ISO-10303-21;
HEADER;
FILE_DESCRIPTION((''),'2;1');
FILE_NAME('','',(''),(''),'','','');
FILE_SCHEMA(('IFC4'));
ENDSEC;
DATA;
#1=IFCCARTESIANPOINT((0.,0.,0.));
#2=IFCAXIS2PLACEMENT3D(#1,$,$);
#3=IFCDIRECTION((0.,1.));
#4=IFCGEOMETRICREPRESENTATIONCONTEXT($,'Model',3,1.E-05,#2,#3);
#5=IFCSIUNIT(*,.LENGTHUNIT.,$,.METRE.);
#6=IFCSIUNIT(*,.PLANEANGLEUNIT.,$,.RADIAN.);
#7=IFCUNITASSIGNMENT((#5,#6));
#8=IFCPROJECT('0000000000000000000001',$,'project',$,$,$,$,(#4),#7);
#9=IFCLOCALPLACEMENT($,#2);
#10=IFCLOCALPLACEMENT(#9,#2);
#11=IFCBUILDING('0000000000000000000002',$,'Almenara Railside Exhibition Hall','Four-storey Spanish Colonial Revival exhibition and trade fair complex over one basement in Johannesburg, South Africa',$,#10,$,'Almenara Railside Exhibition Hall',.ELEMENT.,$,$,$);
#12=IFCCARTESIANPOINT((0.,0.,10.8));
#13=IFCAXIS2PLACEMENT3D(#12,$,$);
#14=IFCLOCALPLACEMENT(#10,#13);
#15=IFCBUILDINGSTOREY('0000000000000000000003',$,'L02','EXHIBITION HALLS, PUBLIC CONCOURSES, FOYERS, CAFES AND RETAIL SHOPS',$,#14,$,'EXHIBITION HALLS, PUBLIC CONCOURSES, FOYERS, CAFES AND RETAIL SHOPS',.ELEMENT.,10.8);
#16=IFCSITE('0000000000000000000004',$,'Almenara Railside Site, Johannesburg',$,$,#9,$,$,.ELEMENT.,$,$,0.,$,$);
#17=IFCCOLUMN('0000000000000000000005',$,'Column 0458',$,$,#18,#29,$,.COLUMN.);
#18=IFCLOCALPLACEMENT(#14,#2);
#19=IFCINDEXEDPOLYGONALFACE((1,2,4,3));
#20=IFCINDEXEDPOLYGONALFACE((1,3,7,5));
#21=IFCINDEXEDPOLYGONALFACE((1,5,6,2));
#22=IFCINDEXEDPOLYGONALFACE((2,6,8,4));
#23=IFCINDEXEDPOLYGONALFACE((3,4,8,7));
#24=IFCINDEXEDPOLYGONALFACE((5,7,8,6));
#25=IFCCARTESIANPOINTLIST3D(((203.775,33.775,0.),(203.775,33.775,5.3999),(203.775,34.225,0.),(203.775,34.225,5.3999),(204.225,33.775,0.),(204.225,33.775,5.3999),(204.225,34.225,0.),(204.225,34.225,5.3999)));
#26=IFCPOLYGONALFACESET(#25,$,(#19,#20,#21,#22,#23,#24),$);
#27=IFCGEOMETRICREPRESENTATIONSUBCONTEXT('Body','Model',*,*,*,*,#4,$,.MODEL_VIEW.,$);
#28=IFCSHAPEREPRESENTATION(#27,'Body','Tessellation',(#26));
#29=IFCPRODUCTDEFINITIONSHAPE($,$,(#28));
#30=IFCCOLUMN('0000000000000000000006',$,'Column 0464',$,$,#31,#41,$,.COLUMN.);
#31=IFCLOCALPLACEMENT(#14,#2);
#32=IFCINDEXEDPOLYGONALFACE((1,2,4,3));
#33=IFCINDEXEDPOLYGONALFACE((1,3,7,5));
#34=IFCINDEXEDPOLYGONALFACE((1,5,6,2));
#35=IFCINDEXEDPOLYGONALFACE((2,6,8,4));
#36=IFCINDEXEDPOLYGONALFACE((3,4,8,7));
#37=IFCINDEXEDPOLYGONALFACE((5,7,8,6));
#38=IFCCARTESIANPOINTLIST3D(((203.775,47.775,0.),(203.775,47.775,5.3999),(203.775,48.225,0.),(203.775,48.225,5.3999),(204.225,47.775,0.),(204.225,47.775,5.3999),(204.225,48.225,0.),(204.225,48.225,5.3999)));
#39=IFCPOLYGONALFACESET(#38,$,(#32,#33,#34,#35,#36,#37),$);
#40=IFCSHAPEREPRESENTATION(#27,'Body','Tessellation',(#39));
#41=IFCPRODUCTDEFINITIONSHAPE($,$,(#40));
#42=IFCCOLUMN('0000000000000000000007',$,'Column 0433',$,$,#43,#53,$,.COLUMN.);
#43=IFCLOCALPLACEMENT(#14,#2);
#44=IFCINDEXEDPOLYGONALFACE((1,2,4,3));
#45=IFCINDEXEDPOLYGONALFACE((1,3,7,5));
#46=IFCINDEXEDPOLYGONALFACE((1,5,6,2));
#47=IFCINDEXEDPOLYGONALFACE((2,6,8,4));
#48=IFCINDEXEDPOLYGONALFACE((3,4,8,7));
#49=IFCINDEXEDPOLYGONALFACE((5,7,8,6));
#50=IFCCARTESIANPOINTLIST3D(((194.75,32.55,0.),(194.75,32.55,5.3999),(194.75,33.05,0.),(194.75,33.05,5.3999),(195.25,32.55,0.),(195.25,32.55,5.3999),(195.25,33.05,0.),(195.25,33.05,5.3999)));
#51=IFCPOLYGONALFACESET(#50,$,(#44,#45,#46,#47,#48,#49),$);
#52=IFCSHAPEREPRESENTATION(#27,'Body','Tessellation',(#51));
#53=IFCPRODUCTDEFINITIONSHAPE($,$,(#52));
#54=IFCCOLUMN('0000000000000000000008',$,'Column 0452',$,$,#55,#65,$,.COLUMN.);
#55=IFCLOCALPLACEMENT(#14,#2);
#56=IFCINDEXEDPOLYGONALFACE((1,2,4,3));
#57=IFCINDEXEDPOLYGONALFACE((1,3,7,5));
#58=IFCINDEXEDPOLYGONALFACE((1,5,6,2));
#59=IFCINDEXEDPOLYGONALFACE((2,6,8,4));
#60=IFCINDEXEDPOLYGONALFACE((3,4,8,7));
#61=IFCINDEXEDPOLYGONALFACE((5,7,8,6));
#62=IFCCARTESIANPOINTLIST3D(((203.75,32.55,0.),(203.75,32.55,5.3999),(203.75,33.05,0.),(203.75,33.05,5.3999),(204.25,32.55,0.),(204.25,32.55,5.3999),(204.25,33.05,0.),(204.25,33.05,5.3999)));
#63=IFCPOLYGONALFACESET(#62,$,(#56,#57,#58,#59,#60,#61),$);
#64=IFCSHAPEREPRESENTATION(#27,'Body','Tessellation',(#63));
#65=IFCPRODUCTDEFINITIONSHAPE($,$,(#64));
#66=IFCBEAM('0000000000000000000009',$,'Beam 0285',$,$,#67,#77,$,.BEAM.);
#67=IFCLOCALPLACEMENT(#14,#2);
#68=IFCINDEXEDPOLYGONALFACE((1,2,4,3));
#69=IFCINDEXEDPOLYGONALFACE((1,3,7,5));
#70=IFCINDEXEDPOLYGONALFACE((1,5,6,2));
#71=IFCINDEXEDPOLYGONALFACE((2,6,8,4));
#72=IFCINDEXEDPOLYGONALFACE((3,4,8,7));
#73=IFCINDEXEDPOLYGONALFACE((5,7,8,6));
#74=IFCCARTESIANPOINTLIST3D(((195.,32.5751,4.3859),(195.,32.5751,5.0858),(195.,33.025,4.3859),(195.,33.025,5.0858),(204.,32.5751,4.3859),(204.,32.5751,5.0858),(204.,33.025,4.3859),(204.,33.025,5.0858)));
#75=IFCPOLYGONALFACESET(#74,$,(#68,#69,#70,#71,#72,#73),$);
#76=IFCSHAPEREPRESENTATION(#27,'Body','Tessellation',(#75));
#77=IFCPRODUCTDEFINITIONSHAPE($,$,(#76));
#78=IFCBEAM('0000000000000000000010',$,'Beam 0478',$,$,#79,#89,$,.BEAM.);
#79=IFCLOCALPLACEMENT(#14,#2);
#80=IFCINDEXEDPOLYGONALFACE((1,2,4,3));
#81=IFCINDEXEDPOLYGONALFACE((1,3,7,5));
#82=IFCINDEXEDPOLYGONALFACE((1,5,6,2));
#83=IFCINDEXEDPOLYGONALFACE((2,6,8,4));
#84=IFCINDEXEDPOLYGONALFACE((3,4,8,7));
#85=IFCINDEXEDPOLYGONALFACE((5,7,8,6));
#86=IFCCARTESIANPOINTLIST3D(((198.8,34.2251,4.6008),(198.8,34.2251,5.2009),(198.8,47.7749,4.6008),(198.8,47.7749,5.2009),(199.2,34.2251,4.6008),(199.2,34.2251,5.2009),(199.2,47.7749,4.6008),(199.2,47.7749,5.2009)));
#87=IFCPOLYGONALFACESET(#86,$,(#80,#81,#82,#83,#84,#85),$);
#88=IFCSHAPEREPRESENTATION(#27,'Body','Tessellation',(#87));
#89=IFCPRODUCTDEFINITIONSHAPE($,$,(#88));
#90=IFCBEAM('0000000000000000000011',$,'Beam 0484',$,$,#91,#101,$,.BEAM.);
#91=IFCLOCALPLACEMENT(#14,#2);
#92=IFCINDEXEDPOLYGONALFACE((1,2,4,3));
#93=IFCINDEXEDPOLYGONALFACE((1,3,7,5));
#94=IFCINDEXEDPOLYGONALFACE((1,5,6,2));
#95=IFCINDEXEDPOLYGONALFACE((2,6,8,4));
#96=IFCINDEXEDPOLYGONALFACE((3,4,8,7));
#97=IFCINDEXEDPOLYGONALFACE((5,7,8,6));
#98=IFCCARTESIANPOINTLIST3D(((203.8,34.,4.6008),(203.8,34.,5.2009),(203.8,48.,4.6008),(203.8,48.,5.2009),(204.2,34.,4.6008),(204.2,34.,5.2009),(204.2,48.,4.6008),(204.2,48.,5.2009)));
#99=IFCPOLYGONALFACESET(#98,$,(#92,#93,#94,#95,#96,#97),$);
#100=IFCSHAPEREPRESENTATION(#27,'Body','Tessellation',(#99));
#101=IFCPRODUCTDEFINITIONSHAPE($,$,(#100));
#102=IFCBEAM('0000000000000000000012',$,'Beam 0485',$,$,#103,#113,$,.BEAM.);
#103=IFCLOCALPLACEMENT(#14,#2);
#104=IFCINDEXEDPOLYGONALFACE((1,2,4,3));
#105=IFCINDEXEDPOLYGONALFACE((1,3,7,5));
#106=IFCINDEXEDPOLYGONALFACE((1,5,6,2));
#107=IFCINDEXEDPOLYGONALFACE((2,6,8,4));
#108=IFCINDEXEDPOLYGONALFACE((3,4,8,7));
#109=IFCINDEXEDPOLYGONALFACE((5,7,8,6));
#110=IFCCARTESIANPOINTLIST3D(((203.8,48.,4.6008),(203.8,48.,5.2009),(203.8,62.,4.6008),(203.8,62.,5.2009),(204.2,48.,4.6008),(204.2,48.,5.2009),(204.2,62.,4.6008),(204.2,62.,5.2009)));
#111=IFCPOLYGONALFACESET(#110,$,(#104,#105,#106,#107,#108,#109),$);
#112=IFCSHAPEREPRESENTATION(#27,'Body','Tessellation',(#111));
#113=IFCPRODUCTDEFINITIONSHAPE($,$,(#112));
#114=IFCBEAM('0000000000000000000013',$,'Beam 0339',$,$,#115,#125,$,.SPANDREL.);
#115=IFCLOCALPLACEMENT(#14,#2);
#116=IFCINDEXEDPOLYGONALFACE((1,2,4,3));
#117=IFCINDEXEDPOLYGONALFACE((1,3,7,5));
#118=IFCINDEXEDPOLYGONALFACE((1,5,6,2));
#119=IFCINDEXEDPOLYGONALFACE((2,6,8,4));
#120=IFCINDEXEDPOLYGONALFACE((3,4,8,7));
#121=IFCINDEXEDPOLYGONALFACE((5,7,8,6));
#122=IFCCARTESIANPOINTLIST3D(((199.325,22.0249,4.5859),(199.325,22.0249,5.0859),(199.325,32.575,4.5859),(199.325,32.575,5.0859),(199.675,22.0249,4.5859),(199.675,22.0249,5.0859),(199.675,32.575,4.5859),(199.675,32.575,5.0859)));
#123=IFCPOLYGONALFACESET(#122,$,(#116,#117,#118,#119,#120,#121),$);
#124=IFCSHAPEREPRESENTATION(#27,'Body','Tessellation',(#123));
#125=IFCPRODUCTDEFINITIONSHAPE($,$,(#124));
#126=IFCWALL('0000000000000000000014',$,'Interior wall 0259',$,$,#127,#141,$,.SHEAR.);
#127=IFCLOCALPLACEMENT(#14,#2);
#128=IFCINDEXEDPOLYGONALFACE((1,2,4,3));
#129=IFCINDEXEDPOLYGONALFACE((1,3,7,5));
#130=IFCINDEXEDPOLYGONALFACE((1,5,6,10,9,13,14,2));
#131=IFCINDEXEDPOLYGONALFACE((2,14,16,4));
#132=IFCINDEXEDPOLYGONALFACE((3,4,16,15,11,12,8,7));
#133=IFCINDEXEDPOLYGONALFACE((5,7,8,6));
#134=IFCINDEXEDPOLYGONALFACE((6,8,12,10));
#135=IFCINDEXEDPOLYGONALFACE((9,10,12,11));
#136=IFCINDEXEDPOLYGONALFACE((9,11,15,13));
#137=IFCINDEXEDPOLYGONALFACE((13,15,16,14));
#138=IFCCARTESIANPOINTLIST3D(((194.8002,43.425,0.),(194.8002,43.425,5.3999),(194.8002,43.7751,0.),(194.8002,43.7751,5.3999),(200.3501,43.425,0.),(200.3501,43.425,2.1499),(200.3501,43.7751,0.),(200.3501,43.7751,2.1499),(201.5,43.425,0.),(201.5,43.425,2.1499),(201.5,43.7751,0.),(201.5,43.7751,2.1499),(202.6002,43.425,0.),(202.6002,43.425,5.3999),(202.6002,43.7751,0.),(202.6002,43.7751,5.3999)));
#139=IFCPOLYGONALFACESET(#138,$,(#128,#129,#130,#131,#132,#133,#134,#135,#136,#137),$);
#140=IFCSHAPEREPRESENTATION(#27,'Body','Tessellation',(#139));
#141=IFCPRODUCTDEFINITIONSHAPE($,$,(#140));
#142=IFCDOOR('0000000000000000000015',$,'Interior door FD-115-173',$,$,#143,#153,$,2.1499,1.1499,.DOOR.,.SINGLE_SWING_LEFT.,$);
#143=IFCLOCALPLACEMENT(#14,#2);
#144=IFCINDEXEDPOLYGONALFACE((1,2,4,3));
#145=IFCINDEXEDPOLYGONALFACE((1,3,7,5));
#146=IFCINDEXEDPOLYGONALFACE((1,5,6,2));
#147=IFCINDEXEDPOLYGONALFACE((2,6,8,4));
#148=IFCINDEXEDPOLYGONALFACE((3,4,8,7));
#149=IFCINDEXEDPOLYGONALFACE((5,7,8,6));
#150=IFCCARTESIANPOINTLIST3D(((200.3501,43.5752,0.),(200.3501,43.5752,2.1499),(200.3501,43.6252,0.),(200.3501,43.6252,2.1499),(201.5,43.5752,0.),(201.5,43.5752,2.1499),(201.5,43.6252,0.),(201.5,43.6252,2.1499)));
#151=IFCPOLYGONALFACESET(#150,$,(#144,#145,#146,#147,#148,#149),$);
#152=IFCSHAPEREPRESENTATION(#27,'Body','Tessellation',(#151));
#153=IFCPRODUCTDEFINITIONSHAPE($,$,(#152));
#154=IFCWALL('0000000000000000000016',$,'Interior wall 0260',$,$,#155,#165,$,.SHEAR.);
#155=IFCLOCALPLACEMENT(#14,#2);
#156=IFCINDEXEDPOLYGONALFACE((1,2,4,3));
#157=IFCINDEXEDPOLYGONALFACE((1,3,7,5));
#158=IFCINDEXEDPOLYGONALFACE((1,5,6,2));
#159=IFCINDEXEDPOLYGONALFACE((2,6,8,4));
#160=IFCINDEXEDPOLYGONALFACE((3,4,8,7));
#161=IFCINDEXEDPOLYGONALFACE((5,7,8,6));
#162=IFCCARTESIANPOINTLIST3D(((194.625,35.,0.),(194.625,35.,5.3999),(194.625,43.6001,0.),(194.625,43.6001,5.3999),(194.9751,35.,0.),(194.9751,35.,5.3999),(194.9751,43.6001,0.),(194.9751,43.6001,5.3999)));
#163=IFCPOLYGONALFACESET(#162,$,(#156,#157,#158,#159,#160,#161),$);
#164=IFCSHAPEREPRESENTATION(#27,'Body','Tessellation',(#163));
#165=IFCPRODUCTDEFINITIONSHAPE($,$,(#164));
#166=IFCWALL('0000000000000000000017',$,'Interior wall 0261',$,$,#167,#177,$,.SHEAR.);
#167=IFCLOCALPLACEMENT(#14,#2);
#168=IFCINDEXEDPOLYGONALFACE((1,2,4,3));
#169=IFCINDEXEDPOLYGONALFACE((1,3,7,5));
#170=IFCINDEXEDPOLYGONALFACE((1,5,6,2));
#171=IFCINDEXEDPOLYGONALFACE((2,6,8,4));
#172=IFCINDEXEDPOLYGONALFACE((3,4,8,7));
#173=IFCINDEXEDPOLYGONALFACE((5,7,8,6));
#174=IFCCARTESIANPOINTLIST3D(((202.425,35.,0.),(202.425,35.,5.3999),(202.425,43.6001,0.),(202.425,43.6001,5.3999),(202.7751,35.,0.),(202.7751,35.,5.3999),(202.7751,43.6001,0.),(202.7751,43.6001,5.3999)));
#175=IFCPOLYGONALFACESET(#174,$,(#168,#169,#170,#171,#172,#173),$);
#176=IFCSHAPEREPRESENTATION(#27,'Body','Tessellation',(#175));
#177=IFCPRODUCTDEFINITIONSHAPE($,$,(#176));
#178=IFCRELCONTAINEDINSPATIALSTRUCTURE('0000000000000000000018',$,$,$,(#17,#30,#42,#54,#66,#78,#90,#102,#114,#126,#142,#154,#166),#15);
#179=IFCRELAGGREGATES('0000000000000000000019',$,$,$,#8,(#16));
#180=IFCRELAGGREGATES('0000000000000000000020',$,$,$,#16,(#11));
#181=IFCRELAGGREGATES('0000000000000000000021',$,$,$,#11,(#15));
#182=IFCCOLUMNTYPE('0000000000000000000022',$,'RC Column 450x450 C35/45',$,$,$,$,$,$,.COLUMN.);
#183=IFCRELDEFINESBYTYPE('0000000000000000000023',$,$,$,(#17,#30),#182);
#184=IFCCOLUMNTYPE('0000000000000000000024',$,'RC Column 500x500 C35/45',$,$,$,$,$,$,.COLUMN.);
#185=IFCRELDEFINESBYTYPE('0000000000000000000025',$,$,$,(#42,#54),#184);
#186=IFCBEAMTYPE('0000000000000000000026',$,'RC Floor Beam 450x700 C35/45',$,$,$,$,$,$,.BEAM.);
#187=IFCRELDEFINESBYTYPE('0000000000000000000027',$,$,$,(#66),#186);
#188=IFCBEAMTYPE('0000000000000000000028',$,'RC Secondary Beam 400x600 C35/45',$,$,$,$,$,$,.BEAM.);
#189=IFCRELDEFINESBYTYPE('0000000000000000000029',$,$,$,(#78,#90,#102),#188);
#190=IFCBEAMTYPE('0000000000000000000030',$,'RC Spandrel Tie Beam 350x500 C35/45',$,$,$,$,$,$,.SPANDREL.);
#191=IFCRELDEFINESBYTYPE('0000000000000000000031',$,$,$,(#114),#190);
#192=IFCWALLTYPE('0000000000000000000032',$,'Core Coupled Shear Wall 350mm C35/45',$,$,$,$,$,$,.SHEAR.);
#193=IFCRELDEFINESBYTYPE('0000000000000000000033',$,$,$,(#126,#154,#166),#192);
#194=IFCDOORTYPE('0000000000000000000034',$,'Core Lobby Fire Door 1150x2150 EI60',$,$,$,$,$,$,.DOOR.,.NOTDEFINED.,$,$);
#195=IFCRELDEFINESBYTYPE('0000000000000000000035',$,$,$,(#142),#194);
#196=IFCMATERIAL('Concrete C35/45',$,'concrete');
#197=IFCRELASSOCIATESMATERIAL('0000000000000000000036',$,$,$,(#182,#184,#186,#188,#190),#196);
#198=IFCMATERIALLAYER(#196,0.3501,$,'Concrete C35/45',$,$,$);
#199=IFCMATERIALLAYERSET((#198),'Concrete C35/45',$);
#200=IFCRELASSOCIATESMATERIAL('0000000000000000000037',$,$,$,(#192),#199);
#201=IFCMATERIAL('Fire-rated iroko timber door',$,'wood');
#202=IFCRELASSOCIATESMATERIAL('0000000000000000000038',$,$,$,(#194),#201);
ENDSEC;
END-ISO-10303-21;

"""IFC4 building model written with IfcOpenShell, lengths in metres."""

from ifc_helpers import new_model, si_unit, direction, frame, frame_2d, origin, origin_2d, place, context, subcontext, project, spatial, rectangle, extrude, material, layer, layer_set, material_profile, profile_set, type_object, element, fill, save


model = new_model("IFC4")

# Units and contexts
model_context = context("Model", 3, precision=1e-05, world=origin(), true_north=direction((0.0, 1.0)))
body_context = subcontext(model_context, "Body", "Model", "MODEL_VIEW")
ifc_project = project(units=[si_unit("LENGTHUNIT", "METRE"), si_unit("PLANEANGLEUNIT", "RADIAN")], contexts=[model_context])

# Site, building, storey
site_placement = place(None, origin())
site = spatial("IfcSite", under=ifc_project, at=site_placement, Name="Almenara Railside Site, Johannesburg", CompositionType="ELEMENT", RefElevation=0.0)
building_placement = place(site_placement, origin())
building = spatial("IfcBuilding", under=site, at=building_placement, Name="Almenara Railside Exhibition Hall", Description="Four-storey Spanish Colonial Revival exhibition and trade fair complex over one basement in Johannesburg, South Africa", LongName="Almenara Railside Exhibition Hall", CompositionType="ELEMENT")
storey_placement = place(building_placement, frame((0.0, 0.0, 10.8)))
storey = spatial("IfcBuildingStorey", under=building, at=storey_placement, Name="L02", Description="EXHIBITION HALLS, PUBLIC CONCOURSES, FOYERS, CAFES AND RETAIL SHOPS", LongName="EXHIBITION HALLS, PUBLIC CONCOURSES, FOYERS, CAFES AND RETAIL SHOPS", CompositionType="ELEMENT", Elevation=10.8)

# Columns
ifc_material_1 = material(Name="Concrete C35/45", Category="concrete")
ifc_material_profile_1 = material_profile(ifc_material_1, rectangle(XDim=0.45, YDim=0.45, at=origin_2d()), Name="RC 450x450")
ifc_profile_set_1 = profile_set([ifc_material_profile_1], Name="Concrete C35/45")
column_type_1 = type_object("IfcColumnType", Name="RC Column 450x450 C35/45", PredefinedType="COLUMN", material=ifc_profile_set_1)
for number, where, z_axis, x_axis, name in (
    (1, (204.0, 34.0, 0.0), (0.0, 0.0, 1.0), (1.0, 0.0, 0.0), "Column 0458"),
    (2, (204.0, 48.0, 0.0), (0.0, 0.0, 1.0), (1.0, 0.0, 0.0), "Column 0464"),
):
    element("IfcColumn", number, at=place(storey_placement, frame(where, z_axis=z_axis, x_axis=x_axis)), inside=storey, type_object=column_type_1, Name=name, PredefinedType="COLUMN", context=body_context, shape_type="SweptSolid", body=[
        extrude(rectangle(XDim=0.45, YDim=0.45, at=origin_2d()), origin(), (0.0, 0.0, 1.0), 5.3999),
    ])
ifc_material_profile_2 = material_profile(ifc_material_1, rectangle(XDim=0.5, YDim=0.5, at=origin_2d()), Name="RC 500x500")
ifc_profile_set_2 = profile_set([ifc_material_profile_2], Name="Concrete C35/45")
column_type_2 = type_object("IfcColumnType", Name="RC Column 500x500 C35/45", PredefinedType="COLUMN", material=ifc_profile_set_2)
for number, where, z_axis, x_axis, name in (
    (3, (195.0, 32.8, 0.0), (0.0, 0.0, 1.0), (1.0, 0.0, 0.0), "Column 0433"),
    (4, (204.0, 32.8, 0.0), (0.0, 0.0, 1.0), (1.0, 0.0, 0.0), "Column 0452"),
):
    element("IfcColumn", number, at=place(storey_placement, frame(where, z_axis=z_axis, x_axis=x_axis)), inside=storey, type_object=column_type_2, Name=name, PredefinedType="COLUMN", context=body_context, shape_type="SweptSolid", body=[
        extrude(rectangle(XDim=0.5, YDim=0.5, at=origin_2d()), origin(), (0.0, 0.0, 1.0), 5.3999),
    ])

# Beams
ifc_material_profile_3 = material_profile(ifc_material_1, rectangle(XDim=0.45, YDim=0.7, at=origin_2d()), Name="RC 450x700")
ifc_profile_set_3 = profile_set([ifc_material_profile_3], Name="Concrete C35/45")
beam_type_1 = type_object("IfcBeamType", Name="RC Floor Beam 450x700 C35/45", PredefinedType="BEAM", material=ifc_profile_set_3)
beam_1_placement = place(storey_placement, frame((195.0, 32.8, 4.7358), z_axis=(1.0, 0.0, 0.0), x_axis=(0.0, 1.0, 0.0)))
element("IfcBeam", 5, at=beam_1_placement, inside=storey, type_object=beam_type_1, Name="Beam 0285", PredefinedType="BEAM", context=body_context, shape_type="SweptSolid", body=[
    extrude(rectangle(XDim=0.45, YDim=0.7, at=origin_2d()), origin(), (0.0, 0.0, 1.0), 9.0),
])
ifc_material_profile_4 = material_profile(ifc_material_1, rectangle(XDim=0.3999, YDim=0.6001, at=origin_2d()), Name="RC 400x600")
ifc_profile_set_4 = profile_set([ifc_material_profile_4], Name="Concrete C35/45")
beam_type_2 = type_object("IfcBeamType", Name="RC Secondary Beam 400x600 C35/45", PredefinedType="BEAM", material=ifc_profile_set_4)
beam_2_placement = place(storey_placement, frame((199.0, 34.2251, 4.9009), z_axis=(0.0, 1.0, 0.0), x_axis=(-1.0, 0.0, 0.0)))
element("IfcBeam", 6, at=beam_2_placement, inside=storey, type_object=beam_type_2, Name="Beam 0478", PredefinedType="BEAM", context=body_context, shape_type="SweptSolid", body=[
    extrude(rectangle(XDim=0.3999, YDim=0.6001, at=origin_2d()), origin(), (0.0, 0.0, 1.0), 13.5498),
])
for number, where, z_axis, x_axis, name in (
    (7, (204.0, 34.0, 4.9009), (0.0, 1.0, 0.0), (-1.0, 0.0, 0.0), "Beam 0484"),
    (8, (204.0, 48.0, 4.9009), (0.0, 1.0, 0.0), (-1.0, 0.0, 0.0), "Beam 0485"),
):
    element("IfcBeam", number, at=place(storey_placement, frame(where, z_axis=z_axis, x_axis=x_axis)), inside=storey, type_object=beam_type_2, Name=name, PredefinedType="BEAM", context=body_context, shape_type="SweptSolid", body=[
        extrude(rectangle(XDim=0.3999, YDim=0.6001, at=origin_2d()), origin(), (0.0, 0.0, 1.0), 14.0),
    ])
ifc_material_profile_5 = material_profile(ifc_material_1, rectangle(XDim=0.3501, YDim=0.5, at=origin_2d()), Name="RC 350x500")
ifc_profile_set_5 = profile_set([ifc_material_profile_5], Name="Concrete C35/45")
beam_type_3 = type_object("IfcBeamType", Name="RC Spandrel Tie Beam 350x500 C35/45", PredefinedType="SPANDREL", material=ifc_profile_set_5)
beam_3_placement = place(storey_placement, frame((199.5, 22.0249, 4.8359), z_axis=(0.0, 1.0, 0.0), x_axis=(-1.0, 0.0, 0.0)))
element("IfcBeam", 9, at=beam_3_placement, inside=storey, type_object=beam_type_3, Name="Beam 0339", PredefinedType="SPANDREL", context=body_context, shape_type="SweptSolid", body=[
    extrude(rectangle(XDim=0.3501, YDim=0.5, at=origin_2d()), origin(), (0.0, 0.0, 1.0), 10.55),
])

# Wall, opening, door
ifc_layer_1 = layer(ifc_material_1, 0.3501, Name="Concrete C35/45")
ifc_layer_set_1 = layer_set([ifc_layer_1], Name="Concrete C35/45")
wall_type_1 = type_object("IfcWallType", Name="Core Coupled Shear Wall 350mm C35/45", PredefinedType="SHEAR", material=ifc_layer_set_1)
wall_1_placement = place(storey_placement, frame((202.6001, 43.6001, 0.0), z_axis=(0.0, 0.0, 1.0), x_axis=(-1.0, 0.0, 0.0)))
wall_1 = element("IfcWall", 10, at=wall_1_placement, inside=storey, type_object=wall_type_1, Name="Interior wall 0259", PredefinedType="SHEAR", context=body_context, shape_type="SweptSolid", body=[
    extrude(rectangle(XDim=7.8, YDim=0.3501, at=frame_2d((3.8999, 0.0))), origin(), (0.0, 0.0, 1.0), 5.3999),
])
opening_1_placement = place(wall_1_placement, frame((1.1001, 0.0, 0.0)))
opening_1 = element("IfcOpeningElement", 11, at=opening_1_placement, cuts=wall_1, PredefinedType="OPENING", context=body_context, shape_type="SweptSolid", body=[
    extrude(rectangle(XDim=1.1499, YDim=2.1499, at=frame_2d((0.575, 1.075))), frame((0.0, 0.1851, 0.0), z_axis=(0.0, -1.0, 0.0), x_axis=(1.0, 0.0, 0.0)), (0.0, 0.0, 1.0), 0.3701),
])
ifc_material_2 = material(Name="Fire-rated iroko timber door", Category="wood")
door_type = type_object("IfcDoorType", Name="Core Lobby Fire Door 1150x2150 EI60", OperationType="NOTDEFINED", PredefinedType="DOOR", material=ifc_material_2)
door_placement = place(opening_1_placement, origin())
door = element("IfcDoor", 12, at=door_placement, inside=storey, type_object=door_type, Name="Interior door FD-115-173", OperationType="SINGLE_SWING_LEFT", OverallHeight=2.1499, OverallWidth=1.1499, PredefinedType="DOOR", context=body_context, shape_type="SweptSolid", body=[
    extrude(rectangle(XDim=1.1499, YDim=2.1499, at=frame_2d((0.575, 1.075))), frame((0.0, 0.0249, 0.0), z_axis=(0.0, -1.0, 0.0), x_axis=(1.0, 0.0, 0.0)), (0.0, 0.0, 1.0), 0.05),
])
fill(opening_1, door)

# Walls
for number, where, z_axis, x_axis, name in (
    (13, (194.8, 43.6001, 0.0), (0.0, 0.0, 1.0), (0.0, -1.0, 0.0), "Interior wall 0260"),
    (14, (202.6001, 35.0, 0.0), (0.0, 0.0, 1.0), (0.0, 1.0, 0.0), "Interior wall 0261"),
):
    element("IfcWall", number, at=place(storey_placement, frame(where, z_axis=z_axis, x_axis=x_axis)), inside=storey, type_object=wall_type_1, Name=name, PredefinedType="SHEAR", context=body_context, shape_type="SweptSolid", body=[
        extrude(rectangle(XDim=8.6001, YDim=0.3501, at=frame_2d((4.3, 0.0))), origin(), (0.0, 0.0, 1.0), 5.3999),
    ])

save(model, "model.ifc")
